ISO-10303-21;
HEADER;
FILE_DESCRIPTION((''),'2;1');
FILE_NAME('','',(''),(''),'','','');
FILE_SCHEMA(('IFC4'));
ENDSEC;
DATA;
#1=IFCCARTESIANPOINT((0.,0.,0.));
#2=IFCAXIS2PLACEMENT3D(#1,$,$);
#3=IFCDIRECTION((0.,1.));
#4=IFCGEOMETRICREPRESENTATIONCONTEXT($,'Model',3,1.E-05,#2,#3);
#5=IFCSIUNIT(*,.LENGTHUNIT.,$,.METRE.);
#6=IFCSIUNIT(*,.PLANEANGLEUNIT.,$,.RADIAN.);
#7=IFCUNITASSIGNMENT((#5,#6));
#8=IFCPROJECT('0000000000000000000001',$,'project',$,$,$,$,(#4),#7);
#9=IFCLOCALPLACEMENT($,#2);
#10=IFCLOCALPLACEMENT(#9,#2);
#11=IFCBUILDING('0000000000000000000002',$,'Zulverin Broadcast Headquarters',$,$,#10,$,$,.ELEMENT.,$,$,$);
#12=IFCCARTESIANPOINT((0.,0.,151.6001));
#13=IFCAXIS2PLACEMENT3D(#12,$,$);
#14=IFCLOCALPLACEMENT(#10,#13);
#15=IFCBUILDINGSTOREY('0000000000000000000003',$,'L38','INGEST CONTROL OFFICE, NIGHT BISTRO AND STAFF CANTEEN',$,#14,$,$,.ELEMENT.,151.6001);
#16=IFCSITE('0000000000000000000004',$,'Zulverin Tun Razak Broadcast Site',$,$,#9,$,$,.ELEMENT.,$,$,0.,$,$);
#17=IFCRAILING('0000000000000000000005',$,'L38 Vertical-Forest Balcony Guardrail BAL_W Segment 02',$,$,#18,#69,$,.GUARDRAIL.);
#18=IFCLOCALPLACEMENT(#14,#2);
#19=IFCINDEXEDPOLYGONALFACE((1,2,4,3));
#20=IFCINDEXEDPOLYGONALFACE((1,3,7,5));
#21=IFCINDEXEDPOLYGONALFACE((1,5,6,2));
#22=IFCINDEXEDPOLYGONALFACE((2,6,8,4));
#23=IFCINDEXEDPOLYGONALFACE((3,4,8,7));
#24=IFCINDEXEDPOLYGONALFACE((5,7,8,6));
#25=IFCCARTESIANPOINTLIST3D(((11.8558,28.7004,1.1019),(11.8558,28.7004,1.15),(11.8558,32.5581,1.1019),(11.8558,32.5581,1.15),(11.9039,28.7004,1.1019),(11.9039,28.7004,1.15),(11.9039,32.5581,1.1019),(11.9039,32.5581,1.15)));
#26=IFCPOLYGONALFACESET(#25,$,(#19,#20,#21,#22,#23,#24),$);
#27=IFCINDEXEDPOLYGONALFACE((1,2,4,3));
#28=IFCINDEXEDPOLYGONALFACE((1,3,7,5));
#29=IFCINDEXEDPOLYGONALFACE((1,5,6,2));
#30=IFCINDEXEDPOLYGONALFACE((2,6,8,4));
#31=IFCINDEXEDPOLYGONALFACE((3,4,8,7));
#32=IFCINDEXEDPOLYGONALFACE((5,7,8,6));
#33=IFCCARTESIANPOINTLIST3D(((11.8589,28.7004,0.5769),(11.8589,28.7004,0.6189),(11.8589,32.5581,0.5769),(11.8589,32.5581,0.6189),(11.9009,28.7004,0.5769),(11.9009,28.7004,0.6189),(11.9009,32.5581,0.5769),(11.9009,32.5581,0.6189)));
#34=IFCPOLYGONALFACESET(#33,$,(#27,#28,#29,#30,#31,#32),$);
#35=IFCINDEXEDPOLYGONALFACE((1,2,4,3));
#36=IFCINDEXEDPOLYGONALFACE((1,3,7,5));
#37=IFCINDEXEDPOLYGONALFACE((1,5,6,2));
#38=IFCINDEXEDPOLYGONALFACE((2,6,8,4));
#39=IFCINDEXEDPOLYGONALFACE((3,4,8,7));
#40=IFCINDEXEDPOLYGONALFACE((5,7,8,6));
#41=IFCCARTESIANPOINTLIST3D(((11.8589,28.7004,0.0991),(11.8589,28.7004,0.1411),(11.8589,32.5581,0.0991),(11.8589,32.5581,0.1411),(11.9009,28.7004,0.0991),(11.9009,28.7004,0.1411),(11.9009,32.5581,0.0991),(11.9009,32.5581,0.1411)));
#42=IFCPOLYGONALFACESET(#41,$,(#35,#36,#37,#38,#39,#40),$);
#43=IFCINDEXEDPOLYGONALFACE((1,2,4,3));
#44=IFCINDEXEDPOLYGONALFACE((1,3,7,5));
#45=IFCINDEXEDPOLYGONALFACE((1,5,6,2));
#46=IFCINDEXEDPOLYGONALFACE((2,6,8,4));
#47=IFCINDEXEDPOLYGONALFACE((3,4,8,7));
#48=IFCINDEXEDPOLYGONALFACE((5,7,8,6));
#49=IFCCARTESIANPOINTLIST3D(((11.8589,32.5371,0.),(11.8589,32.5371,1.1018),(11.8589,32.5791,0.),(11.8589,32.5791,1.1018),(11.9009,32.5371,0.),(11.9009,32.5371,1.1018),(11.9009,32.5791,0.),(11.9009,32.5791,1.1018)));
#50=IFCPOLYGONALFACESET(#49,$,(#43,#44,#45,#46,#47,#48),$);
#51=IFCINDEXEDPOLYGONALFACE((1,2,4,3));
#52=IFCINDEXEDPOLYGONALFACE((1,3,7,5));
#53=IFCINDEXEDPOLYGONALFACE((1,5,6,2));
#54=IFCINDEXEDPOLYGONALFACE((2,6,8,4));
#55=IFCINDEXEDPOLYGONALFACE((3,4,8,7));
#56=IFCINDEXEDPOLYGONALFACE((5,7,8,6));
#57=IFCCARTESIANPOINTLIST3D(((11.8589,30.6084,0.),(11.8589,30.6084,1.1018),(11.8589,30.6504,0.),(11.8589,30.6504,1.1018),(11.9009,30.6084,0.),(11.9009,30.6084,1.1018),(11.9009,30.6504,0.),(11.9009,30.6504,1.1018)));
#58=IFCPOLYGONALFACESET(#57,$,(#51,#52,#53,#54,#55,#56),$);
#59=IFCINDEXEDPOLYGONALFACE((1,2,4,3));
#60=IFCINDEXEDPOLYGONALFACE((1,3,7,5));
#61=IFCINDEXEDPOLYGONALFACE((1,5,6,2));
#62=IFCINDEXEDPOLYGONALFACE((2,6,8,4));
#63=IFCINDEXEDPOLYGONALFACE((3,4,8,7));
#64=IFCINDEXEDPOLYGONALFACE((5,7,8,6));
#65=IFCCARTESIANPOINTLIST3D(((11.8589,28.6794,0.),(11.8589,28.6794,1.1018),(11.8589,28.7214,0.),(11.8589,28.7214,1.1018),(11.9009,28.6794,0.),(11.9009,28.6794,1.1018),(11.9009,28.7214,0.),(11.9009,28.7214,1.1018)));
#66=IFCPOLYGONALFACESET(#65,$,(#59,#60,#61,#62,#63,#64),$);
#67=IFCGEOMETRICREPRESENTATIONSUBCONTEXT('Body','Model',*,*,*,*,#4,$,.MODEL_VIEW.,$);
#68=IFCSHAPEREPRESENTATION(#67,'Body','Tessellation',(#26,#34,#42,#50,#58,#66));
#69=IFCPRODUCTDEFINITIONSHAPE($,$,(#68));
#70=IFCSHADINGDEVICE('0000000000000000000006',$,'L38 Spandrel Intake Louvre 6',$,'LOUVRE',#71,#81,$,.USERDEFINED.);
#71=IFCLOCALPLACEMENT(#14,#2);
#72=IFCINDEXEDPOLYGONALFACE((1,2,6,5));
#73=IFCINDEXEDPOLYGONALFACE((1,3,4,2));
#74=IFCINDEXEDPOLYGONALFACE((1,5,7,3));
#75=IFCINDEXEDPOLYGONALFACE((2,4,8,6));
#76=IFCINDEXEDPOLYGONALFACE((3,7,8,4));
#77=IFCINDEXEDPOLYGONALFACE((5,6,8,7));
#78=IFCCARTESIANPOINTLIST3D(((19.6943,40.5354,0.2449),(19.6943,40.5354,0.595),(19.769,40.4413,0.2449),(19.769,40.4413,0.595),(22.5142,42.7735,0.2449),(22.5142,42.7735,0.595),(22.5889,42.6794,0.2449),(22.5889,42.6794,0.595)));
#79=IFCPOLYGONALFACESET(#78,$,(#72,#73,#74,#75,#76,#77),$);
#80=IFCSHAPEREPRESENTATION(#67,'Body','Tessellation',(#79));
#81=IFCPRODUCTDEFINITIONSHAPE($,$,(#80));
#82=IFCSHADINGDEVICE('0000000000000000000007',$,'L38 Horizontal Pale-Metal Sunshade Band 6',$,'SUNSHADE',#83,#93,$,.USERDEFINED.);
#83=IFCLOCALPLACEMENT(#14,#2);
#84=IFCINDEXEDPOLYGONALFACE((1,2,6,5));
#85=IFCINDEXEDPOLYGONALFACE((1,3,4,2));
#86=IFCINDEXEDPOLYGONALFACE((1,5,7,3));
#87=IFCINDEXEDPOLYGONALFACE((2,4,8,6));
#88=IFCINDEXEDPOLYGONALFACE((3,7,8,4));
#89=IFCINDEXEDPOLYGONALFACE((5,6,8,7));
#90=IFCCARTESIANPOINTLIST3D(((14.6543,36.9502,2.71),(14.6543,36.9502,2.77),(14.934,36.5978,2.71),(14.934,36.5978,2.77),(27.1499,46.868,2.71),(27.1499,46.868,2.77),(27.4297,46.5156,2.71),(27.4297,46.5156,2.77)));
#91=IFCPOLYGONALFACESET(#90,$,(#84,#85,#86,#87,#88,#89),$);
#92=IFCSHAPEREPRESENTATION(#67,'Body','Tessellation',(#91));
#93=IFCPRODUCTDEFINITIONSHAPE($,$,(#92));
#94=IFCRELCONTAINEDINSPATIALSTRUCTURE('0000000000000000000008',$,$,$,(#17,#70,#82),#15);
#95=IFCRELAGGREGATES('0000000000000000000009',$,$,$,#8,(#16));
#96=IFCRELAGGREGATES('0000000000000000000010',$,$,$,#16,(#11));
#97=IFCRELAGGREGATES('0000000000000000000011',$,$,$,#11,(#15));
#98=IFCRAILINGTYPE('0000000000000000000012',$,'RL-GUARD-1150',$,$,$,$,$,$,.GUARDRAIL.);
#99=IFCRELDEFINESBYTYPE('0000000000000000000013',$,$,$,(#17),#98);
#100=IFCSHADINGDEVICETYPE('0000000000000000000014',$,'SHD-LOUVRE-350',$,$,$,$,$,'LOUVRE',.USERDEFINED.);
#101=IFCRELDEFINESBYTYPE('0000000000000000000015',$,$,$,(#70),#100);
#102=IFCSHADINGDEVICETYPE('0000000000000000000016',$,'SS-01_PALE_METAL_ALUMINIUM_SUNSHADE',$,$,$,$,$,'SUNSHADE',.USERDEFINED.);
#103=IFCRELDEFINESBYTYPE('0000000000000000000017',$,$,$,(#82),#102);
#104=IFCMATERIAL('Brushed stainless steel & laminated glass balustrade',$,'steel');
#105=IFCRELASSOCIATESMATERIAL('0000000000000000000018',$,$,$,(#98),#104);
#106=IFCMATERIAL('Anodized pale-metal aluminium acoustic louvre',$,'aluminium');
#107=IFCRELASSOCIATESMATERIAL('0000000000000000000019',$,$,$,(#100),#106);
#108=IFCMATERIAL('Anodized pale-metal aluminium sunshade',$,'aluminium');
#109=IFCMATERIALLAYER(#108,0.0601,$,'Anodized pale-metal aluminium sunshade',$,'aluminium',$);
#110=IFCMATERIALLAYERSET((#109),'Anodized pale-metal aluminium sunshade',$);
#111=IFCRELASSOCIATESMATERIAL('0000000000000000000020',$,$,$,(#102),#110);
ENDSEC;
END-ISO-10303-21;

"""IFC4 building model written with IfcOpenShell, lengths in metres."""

from ifc_helpers import new_model, si_unit, direction, frame, origin, origin_2d, place, context, subcontext, project, spatial, rectangle, extrude, material, layer, layer_set, type_object, element, save


model = new_model("IFC4")

# Units and contexts
model_context = context("Model", 3, precision=1e-05, world=origin(), true_north=direction((0.0, 1.0)))
body_context = subcontext(model_context, "Body", "Model", "MODEL_VIEW")
ifc_project = project(units=[si_unit("LENGTHUNIT", "METRE"), si_unit("PLANEANGLEUNIT", "RADIAN")], contexts=[model_context])

# Site, building, storey
site_placement = place(None, origin())
site = spatial("IfcSite", under=ifc_project, at=site_placement, Name="Zulverin Tun Razak Broadcast Site", CompositionType="ELEMENT", RefElevation=0.0)
building_placement = place(site_placement, origin())
building = spatial("IfcBuilding", under=site, at=building_placement, Name="Zulverin Broadcast Headquarters", CompositionType="ELEMENT")
storey_placement = place(building_placement, frame((0.0, 0.0, 151.6001)))
storey = spatial("IfcBuildingStorey", under=building, at=storey_placement, Name="L38", Description="INGEST CONTROL OFFICE, NIGHT BISTRO AND STAFF CANTEEN", CompositionType="ELEMENT", Elevation=151.6001)

# Railing
ifc_material_1 = material(Name="Brushed stainless steel & laminated glass balustrade", Category="steel")
railing_type = type_object("IfcRailingType", Name="RL-GUARD-1150", PredefinedType="GUARDRAIL", material=ifc_material_1)
railing_placement = place(storey_placement, frame((11.8799, 32.5581, 0.0)))
element("IfcRailing", 1, at=railing_placement, inside=storey, type_object=railing_type, Name="L38 Vertical-Forest Balcony Guardrail BAL_W Segment 02", PredefinedType="GUARDRAIL", context=body_context, shape_type="SweptSolid", body=[
    extrude(rectangle(XDim=0.0481, YDim=0.0481, at=origin_2d()), frame((0.0, 0.0, 1.126), z_axis=(0.0, -1.0, 0.0), x_axis=(1.0, 0.0, 0.0)), (0.0, 0.0, 1.0), 3.8577),
    extrude(rectangle(XDim=0.042, YDim=0.042, at=origin_2d()), frame((0.0, 0.0, 0.5979), z_axis=(0.0, -1.0, 0.0), x_axis=(1.0, 0.0, 0.0)), (0.0, 0.0, 1.0), 3.8577),
    extrude(rectangle(XDim=0.042, YDim=0.042, at=origin_2d()), frame((0.0, 0.0, 0.1201), z_axis=(0.0, -1.0, 0.0), x_axis=(1.0, 0.0, 0.0)), (0.0, 0.0, 1.0), 3.8577),
    extrude(rectangle(XDim=0.042, YDim=0.042, at=origin_2d()), origin(), (0.0, 0.0, 1.0), 1.1018),
    extrude(rectangle(XDim=0.042, YDim=0.042, at=origin_2d()), frame((0.0, -1.9287, 0.0)), (0.0, 0.0, 1.0), 1.1018),
    extrude(rectangle(XDim=0.042, YDim=0.042, at=origin_2d()), frame((0.0, -3.8577, 0.0)), (0.0, 0.0, 1.0), 1.1018),
])

# Shading devices
ifc_material_2 = material(Name="Anodized pale-metal aluminium acoustic louvre", Category="aluminium")
shading_device_type_1 = type_object("IfcShadingDeviceType", Name="SHD-LOUVRE-350", ElementType="LOUVRE", PredefinedType="USERDEFINED", material=ifc_material_2)
shading_device_1_placement = place(storey_placement, frame((21.1416, 41.6074, 0.2449), z_axis=(0.0, 0.0, 1.0), x_axis=(-0.78327, -0.621681, 0.0)))
element("IfcShadingDevice", 2, at=shading_device_1_placement, inside=storey, type_object=shading_device_type_1, Name="L38 Spandrel Intake Louvre 6", ObjectType="LOUVRE", PredefinedType="USERDEFINED", context=body_context, shape_type="SweptSolid", body=[
    extrude(rectangle(XDim=3.6001, YDim=0.1201, at=origin_2d()), origin(), (0.0, 0.0, 1.0), 0.3501),
])
ifc_material_3 = material(Name="Anodized pale-metal aluminium sunshade", Category="aluminium")
ifc_layer_1 = layer(ifc_material_3, 0.0601, Name="Anodized pale-metal aluminium sunshade", Category="aluminium")
ifc_layer_set_1 = layer_set([ifc_layer_1], Name="Anodized pale-metal aluminium sunshade")
shading_device_type_2 = type_object("IfcShadingDeviceType", Name="SS-01_PALE_METAL_ALUMINIUM_SUNSHADE", ElementType="SUNSHADE", PredefinedType="USERDEFINED", material=ifc_layer_set_1)
shading_device_2_placement = place(storey_placement, frame((21.042, 41.7329, 2.71), z_axis=(0.0, 0.0, 1.0), x_axis=(-0.78327, -0.621681, 0.0)))
element("IfcShadingDevice", 3, at=shading_device_2_placement, inside=storey, type_object=shading_device_type_2, Name="L38 Horizontal Pale-Metal Sunshade Band 6", ObjectType="SUNSHADE", PredefinedType="USERDEFINED", context=body_context, shape_type="SweptSolid", body=[
    extrude(rectangle(XDim=15.9531, YDim=0.45, at=origin_2d()), origin(), (0.0, 0.0, 1.0), 0.0601),
])

save(model, "model.ifc")
